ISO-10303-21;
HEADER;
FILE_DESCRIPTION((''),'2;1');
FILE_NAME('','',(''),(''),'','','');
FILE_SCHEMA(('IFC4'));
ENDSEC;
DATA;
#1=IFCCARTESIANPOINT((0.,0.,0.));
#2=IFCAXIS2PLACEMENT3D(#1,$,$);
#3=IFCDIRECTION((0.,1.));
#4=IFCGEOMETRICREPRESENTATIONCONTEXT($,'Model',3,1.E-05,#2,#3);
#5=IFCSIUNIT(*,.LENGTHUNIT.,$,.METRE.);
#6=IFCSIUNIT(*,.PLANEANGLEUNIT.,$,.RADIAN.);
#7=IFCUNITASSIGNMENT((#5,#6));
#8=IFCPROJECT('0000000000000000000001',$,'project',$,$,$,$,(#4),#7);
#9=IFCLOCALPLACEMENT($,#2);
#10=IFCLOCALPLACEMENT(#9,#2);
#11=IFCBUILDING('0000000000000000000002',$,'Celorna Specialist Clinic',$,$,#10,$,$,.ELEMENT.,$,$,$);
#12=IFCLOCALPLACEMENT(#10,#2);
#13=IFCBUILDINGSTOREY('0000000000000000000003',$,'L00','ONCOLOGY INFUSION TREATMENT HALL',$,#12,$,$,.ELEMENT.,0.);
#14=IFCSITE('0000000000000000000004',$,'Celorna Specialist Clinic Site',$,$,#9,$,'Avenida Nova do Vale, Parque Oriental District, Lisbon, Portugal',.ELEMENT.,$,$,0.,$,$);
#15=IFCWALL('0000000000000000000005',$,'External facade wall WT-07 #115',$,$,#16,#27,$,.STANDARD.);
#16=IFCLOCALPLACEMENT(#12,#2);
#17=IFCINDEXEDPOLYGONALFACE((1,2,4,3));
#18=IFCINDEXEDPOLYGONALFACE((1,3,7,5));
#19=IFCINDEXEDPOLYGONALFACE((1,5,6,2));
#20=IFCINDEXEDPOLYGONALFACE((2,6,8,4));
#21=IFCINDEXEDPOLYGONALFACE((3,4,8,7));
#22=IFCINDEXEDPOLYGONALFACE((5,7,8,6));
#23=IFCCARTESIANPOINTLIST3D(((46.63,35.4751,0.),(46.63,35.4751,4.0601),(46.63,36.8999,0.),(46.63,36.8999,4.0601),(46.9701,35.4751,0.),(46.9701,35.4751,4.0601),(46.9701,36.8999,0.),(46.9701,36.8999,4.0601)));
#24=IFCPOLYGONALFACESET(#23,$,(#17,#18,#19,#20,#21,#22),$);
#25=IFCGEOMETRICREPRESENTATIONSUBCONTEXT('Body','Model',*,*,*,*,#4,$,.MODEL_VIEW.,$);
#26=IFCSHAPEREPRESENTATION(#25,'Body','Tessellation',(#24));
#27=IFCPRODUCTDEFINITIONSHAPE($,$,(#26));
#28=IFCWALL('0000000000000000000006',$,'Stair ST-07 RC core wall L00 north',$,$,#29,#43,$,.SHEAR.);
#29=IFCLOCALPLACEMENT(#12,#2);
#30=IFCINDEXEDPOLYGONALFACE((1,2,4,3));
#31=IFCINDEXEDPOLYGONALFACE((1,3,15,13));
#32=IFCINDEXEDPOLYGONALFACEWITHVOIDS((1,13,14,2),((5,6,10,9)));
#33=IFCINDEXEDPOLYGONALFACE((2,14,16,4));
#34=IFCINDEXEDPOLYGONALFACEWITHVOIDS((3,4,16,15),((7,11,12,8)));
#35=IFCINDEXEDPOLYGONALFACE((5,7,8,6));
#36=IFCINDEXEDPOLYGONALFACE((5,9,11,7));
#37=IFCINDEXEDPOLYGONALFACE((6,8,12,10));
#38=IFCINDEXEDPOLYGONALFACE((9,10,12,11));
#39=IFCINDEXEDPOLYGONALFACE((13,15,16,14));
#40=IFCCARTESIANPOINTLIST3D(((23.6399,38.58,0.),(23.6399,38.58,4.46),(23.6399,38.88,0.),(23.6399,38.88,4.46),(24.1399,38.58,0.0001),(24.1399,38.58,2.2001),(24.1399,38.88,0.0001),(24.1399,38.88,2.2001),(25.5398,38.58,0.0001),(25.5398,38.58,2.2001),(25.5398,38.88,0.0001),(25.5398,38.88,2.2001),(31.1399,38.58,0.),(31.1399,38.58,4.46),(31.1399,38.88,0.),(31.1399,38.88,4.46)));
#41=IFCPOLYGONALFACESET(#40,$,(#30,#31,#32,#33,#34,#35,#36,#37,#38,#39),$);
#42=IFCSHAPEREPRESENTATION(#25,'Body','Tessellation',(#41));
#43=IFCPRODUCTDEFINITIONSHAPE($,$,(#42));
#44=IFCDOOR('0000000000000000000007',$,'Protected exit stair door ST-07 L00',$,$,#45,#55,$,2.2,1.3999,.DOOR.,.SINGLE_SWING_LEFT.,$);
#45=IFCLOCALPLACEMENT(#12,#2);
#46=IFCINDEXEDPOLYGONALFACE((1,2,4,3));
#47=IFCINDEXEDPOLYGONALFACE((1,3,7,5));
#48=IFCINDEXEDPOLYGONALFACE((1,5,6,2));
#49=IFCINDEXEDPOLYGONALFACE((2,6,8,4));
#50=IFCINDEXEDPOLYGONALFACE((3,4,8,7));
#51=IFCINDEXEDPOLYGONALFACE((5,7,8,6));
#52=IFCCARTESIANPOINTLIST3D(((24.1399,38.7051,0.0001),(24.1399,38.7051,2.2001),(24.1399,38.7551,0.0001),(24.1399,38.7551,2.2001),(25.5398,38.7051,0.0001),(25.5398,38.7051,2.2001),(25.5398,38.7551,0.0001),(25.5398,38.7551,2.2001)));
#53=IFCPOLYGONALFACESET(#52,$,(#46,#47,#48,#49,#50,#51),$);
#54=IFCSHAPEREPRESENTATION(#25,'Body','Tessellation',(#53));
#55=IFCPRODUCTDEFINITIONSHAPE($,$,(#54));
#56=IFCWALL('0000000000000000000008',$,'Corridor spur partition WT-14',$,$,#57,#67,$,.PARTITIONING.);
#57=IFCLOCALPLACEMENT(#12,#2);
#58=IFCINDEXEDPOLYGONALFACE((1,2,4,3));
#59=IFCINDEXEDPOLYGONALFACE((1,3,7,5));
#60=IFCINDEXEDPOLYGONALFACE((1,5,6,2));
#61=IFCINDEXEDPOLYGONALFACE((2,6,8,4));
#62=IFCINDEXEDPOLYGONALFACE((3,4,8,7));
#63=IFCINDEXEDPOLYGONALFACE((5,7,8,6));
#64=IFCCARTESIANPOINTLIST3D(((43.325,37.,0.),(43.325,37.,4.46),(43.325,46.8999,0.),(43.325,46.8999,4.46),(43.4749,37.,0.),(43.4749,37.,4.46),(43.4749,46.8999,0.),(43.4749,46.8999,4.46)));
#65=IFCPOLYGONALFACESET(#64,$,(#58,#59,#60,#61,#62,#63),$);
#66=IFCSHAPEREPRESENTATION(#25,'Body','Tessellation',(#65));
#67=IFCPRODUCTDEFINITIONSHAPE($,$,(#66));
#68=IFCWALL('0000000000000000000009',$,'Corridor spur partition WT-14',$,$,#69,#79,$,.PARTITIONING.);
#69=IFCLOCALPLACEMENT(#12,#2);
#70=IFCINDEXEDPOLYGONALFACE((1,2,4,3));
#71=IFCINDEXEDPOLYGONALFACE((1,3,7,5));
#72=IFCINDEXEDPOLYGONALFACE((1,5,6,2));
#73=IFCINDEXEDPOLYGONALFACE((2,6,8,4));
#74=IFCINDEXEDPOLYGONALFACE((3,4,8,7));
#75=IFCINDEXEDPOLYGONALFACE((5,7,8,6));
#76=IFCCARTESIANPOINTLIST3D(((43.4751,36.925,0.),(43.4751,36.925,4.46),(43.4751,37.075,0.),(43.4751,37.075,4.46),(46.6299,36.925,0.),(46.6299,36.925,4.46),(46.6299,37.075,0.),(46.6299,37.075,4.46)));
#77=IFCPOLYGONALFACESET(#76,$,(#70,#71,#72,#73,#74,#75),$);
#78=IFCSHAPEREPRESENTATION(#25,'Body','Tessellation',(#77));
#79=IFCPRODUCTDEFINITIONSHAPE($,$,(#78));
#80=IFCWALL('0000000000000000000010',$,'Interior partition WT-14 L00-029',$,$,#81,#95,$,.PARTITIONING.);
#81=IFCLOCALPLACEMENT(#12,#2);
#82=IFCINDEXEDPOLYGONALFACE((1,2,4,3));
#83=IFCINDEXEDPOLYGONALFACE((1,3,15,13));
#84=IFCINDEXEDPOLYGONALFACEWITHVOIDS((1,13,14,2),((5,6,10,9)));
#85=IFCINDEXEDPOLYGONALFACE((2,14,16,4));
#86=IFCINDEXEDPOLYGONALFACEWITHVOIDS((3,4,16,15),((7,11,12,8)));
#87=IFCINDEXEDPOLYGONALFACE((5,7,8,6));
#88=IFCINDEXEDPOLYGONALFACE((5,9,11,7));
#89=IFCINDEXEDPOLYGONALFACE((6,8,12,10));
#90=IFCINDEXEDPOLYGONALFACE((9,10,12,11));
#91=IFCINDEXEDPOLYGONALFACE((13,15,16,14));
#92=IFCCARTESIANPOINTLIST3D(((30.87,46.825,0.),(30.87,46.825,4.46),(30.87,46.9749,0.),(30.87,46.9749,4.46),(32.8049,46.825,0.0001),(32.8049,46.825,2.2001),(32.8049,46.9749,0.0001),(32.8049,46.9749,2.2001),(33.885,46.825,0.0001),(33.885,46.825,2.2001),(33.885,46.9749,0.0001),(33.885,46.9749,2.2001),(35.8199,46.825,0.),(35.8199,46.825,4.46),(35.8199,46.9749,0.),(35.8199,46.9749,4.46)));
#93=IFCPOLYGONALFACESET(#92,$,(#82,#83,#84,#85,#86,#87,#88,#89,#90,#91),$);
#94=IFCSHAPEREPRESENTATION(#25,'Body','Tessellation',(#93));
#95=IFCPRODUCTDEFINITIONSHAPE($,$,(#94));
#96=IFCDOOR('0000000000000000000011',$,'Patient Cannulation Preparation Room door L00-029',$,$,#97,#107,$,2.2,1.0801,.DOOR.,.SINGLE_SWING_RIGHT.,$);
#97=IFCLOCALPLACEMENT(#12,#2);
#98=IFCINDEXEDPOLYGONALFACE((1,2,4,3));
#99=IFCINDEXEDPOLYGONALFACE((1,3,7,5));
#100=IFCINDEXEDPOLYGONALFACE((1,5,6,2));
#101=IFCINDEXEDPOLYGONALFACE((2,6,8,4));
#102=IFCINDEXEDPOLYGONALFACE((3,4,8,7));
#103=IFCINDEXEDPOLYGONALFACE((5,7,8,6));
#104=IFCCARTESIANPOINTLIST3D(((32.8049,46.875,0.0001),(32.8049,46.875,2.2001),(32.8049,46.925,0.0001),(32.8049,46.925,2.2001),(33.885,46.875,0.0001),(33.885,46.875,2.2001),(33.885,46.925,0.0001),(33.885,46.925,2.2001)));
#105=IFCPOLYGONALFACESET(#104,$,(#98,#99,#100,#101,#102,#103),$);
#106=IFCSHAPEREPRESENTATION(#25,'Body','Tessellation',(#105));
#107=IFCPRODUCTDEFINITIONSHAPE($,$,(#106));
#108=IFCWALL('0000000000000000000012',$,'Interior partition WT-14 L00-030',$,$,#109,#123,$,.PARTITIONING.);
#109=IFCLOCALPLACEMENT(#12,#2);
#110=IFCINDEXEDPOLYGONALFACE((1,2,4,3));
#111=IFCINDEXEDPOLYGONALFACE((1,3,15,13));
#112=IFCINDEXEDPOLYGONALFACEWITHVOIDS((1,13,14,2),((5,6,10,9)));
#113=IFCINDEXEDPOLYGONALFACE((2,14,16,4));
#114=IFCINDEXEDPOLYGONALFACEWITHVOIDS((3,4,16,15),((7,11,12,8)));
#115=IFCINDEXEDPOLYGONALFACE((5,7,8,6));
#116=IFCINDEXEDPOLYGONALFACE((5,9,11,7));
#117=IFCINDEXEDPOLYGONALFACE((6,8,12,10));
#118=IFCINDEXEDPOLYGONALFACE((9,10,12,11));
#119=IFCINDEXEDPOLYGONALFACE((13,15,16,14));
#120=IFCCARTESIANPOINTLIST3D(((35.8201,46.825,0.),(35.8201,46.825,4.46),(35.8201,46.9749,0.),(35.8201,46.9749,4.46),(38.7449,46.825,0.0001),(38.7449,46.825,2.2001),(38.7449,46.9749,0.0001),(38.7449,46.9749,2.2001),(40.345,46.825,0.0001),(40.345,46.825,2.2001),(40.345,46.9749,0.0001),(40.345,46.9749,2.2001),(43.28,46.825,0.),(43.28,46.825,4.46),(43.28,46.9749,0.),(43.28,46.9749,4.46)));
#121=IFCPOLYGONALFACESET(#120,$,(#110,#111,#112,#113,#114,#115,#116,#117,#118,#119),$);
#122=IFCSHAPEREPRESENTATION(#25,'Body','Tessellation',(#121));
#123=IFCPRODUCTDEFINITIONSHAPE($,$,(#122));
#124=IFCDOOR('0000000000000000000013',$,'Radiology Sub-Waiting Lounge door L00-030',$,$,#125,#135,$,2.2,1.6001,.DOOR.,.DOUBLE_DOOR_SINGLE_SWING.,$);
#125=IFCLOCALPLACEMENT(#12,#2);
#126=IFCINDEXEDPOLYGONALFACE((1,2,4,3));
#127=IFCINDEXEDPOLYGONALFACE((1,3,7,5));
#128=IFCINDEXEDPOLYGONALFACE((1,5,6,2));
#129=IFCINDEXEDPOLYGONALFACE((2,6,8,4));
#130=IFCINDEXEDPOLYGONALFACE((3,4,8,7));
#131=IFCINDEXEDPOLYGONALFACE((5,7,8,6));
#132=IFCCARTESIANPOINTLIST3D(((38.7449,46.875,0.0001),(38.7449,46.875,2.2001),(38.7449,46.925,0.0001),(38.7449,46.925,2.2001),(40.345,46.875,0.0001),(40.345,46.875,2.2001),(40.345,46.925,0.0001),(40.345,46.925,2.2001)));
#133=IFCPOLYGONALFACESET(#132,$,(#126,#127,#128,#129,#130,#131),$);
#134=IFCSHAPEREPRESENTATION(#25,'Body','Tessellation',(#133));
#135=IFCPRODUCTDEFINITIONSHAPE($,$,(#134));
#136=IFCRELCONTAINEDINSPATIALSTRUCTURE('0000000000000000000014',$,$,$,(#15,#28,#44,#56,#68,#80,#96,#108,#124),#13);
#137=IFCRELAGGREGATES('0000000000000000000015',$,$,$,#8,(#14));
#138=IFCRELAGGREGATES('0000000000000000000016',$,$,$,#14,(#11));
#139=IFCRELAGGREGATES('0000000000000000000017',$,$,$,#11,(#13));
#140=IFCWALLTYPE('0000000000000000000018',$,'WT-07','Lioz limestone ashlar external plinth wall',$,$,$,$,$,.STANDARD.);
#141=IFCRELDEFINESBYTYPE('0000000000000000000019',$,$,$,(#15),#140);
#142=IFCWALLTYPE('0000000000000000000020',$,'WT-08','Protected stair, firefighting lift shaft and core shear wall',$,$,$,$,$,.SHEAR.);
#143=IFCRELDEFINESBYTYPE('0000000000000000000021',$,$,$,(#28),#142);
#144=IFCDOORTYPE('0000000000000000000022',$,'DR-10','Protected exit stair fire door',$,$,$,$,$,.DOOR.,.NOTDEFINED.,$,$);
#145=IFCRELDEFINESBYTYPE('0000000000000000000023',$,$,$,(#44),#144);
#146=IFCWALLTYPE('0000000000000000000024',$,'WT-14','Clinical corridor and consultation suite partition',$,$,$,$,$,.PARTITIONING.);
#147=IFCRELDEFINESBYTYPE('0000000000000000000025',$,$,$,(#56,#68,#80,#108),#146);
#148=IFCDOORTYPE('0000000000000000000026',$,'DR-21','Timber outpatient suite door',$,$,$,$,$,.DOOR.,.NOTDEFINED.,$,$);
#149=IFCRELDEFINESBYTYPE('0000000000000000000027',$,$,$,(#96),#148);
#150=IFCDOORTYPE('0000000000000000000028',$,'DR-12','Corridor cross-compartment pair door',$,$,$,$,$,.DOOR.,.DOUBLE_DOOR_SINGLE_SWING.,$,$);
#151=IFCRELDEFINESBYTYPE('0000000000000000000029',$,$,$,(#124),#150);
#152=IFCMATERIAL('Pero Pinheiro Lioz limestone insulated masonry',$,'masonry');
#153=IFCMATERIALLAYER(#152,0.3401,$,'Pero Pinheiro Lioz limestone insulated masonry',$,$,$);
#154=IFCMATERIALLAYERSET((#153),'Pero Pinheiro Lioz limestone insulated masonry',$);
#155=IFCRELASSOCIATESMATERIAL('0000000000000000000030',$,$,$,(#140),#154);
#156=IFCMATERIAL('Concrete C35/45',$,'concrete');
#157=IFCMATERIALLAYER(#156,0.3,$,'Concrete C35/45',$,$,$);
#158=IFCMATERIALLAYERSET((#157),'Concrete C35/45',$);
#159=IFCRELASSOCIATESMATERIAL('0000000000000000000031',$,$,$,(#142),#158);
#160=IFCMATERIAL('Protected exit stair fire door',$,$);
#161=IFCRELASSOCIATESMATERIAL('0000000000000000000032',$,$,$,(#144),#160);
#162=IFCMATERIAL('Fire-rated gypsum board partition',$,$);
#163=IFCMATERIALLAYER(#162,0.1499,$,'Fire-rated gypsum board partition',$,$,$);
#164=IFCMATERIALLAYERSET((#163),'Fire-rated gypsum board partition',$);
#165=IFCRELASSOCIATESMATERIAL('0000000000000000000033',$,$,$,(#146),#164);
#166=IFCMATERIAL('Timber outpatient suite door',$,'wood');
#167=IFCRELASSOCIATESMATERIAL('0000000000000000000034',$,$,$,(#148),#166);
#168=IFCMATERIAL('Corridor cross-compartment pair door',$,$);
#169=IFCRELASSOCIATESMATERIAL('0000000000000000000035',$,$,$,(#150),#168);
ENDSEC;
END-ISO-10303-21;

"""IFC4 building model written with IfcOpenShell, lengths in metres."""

from ifc_helpers import new_model, si_unit, direction, frame, frame_2d, origin, place, context, subcontext, project, spatial, rectangle, extrude, material, layer, layer_set, type_object, element, fill, save


model = new_model("IFC4")

# Units and contexts
model_context = context("Model", 3, precision=1e-05, world=origin(), true_north=direction((0.0, 1.0)))
body_context = subcontext(model_context, "Body", "Model", "MODEL_VIEW")
ifc_project = project(units=[si_unit("LENGTHUNIT", "METRE"), si_unit("PLANEANGLEUNIT", "RADIAN")], contexts=[model_context])

# Site, building, storey
site_placement = place(None, origin())
site = spatial("IfcSite", under=ifc_project, at=site_placement, Name="Celorna Specialist Clinic Site", LongName="Avenida Nova do Vale, Parque Oriental District, Lisbon, Portugal", CompositionType="ELEMENT", RefElevation=0.0)
building_placement = place(site_placement, origin())
building = spatial("IfcBuilding", under=site, at=building_placement, Name="Celorna Specialist Clinic", CompositionType="ELEMENT")
storey_placement = place(building_placement, origin())
storey = spatial("IfcBuildingStorey", under=building, at=storey_placement, Name="L00", Description="ONCOLOGY INFUSION TREATMENT HALL", CompositionType="ELEMENT", Elevation=0.0)

# Wall
ifc_material_1 = material(Name="Pero Pinheiro Lioz limestone insulated masonry", Category="masonry")
ifc_layer_1 = layer(ifc_material_1, 0.3401, Name="Pero Pinheiro Lioz limestone insulated masonry")
ifc_layer_set_1 = layer_set([ifc_layer_1], Name="Pero Pinheiro Lioz limestone insulated masonry")
wall_type_1 = type_object("IfcWallType", Name="WT-07", Description="Lioz limestone ashlar external plinth wall", PredefinedType="STANDARD", material=ifc_layer_set_1)
wall_1_placement = place(storey_placement, frame((46.8, 36.8999, 0.0), z_axis=(0.0, 0.0, 1.0), x_axis=(0.0, -1.0, 0.0)))
element("IfcWall", 1, at=wall_1_placement, inside=storey, type_object=wall_type_1, Name="External facade wall WT-07 #115", PredefinedType="STANDARD", context=body_context, shape_type="SweptSolid", body=[
    extrude(rectangle(XDim=1.4248, YDim=0.3401, at=frame_2d((0.7124, 0.0))), origin(), (0.0, 0.0, 1.0), 4.0601),
])

# Wall, opening, door
ifc_material_2 = material(Name="Concrete C35/45", Category="concrete")
ifc_layer_2 = layer(ifc_material_2, 0.3, Name="Concrete C35/45")
ifc_layer_set_2 = layer_set([ifc_layer_2], Name="Concrete C35/45")
wall_type_2 = type_object("IfcWallType", Name="WT-08", Description="Protected stair, firefighting lift shaft and core shear wall", PredefinedType="SHEAR", material=ifc_layer_set_2)
wall_2_placement = place(storey_placement, frame((31.1399, 38.73, 0.0), z_axis=(0.0, 0.0, 1.0), x_axis=(-1.0, 0.0, 0.0)))
wall_2 = element("IfcWall", 2, at=wall_2_placement, inside=storey, type_object=wall_type_2, Name="Stair ST-07 RC core wall L00 north", PredefinedType="SHEAR", context=body_context, shape_type="SweptSolid", body=[
    extrude(rectangle(XDim=7.5, YDim=0.3, at=frame_2d((3.75, 0.0))), origin(), (0.0, 0.0, 1.0), 4.46),
])
opening_1_placement = place(wall_2_placement, frame((5.6001, 0.0, 0.0)))
opening_1 = element("IfcOpeningElement", 3, at=opening_1_placement, cuts=wall_2, PredefinedType="OPENING", context=body_context, shape_type="SweptSolid", body=[
    extrude(rectangle(XDim=1.3999, YDim=2.2, at=frame_2d((0.7, 1.1001))), frame((0.0, 0.1599, 0.0), z_axis=(0.0, -1.0, 0.0), x_axis=(1.0, 0.0, 0.0)), (0.0, 0.0, 1.0), 0.3201),
])
ifc_material_3 = material(Name="Protected exit stair fire door")
door_type_1 = type_object("IfcDoorType", Name="DR-10", Description="Protected exit stair fire door", OperationType="NOTDEFINED", PredefinedType="DOOR", material=ifc_material_3)
door_1_placement = place(opening_1_placement, origin())
door_1 = element("IfcDoor", 4, at=door_1_placement, inside=storey, type_object=door_type_1, Name="Protected exit stair door ST-07 L00", OperationType="SINGLE_SWING_LEFT", OverallHeight=2.2, OverallWidth=1.3999, PredefinedType="DOOR", context=body_context, shape_type="SweptSolid", body=[
    extrude(rectangle(XDim=1.3999, YDim=2.2, at=frame_2d((0.7, 1.1001))), frame((0.0, 0.0249, 0.0), z_axis=(0.0, -1.0, 0.0), x_axis=(1.0, 0.0, 0.0)), (0.0, 0.0, 1.0), 0.05),
])
fill(opening_1, door_1)

# Walls
ifc_material_4 = material(Name="Fire-rated gypsum board partition")
ifc_layer_3 = layer(ifc_material_4, 0.1499, Name="Fire-rated gypsum board partition")
ifc_layer_set_3 = layer_set([ifc_layer_3], Name="Fire-rated gypsum board partition")
wall_type_3 = type_object("IfcWallType", Name="WT-14", Description="Clinical corridor and consultation suite partition", PredefinedType="PARTITIONING", material=ifc_layer_set_3)
wall_3_placement = place(storey_placement, frame((43.3999, 37.0, 0.0), z_axis=(0.0, 0.0, 1.0), x_axis=(0.0, 1.0, 0.0)))
element("IfcWall", 5, at=wall_3_placement, inside=storey, type_object=wall_type_3, Name="Corridor spur partition WT-14", PredefinedType="PARTITIONING", context=body_context, shape_type="SweptSolid", body=[
    extrude(rectangle(XDim=9.8999, YDim=0.1499, at=frame_2d((4.95, 0.0))), origin(), (0.0, 0.0, 1.0), 4.46),
])
wall_4_placement = place(storey_placement, frame((43.4751, 37.0, 0.0), z_axis=(0.0, 0.0, 1.0), x_axis=(1.0, 0.0, 0.0)))
element("IfcWall", 6, at=wall_4_placement, inside=storey, type_object=wall_type_3, Name="Corridor spur partition WT-14", PredefinedType="PARTITIONING", context=body_context, shape_type="SweptSolid", body=[
    extrude(rectangle(XDim=3.1548, YDim=0.1499, at=frame_2d((1.5774, 0.0))), origin(), (0.0, 0.0, 1.0), 4.46),
])

# Walls, openings, doors
wall_5_placement = place(storey_placement, frame((35.8201, 46.8999, 0.0), z_axis=(0.0, 0.0, 1.0), x_axis=(-1.0, 0.0, 0.0)))
wall_5 = element("IfcWall", 7, at=wall_5_placement, inside=storey, type_object=wall_type_3, Name="Interior partition WT-14 L00-029", PredefinedType="PARTITIONING", context=body_context, shape_type="SweptSolid", body=[
    extrude(rectangle(XDim=4.95, YDim=0.1499, at=frame_2d((2.4751, 0.0))), origin(), (0.0, 0.0, 1.0), 4.46),
])
opening_2_placement = place(wall_5_placement, frame((1.9351, 0.0, 0.0)))
opening_2 = element("IfcOpeningElement", 8, at=opening_2_placement, cuts=wall_5, PredefinedType="OPENING", context=body_context, shape_type="SweptSolid", body=[
    extrude(rectangle(XDim=1.0801, YDim=2.2, at=frame_2d((0.54, 1.1001))), frame((0.0, 0.085, 0.0), z_axis=(0.0, -1.0, 0.0), x_axis=(1.0, 0.0, 0.0)), (0.0, 0.0, 1.0), 0.1699),
])
ifc_material_5 = material(Name="Timber outpatient suite door", Category="wood")
door_type_2 = type_object("IfcDoorType", Name="DR-21", Description="Timber outpatient suite door", OperationType="NOTDEFINED", PredefinedType="DOOR", material=ifc_material_5)
door_2_placement = place(opening_2_placement, origin())
door_2 = element("IfcDoor", 9, at=door_2_placement, inside=storey, type_object=door_type_2, Name="Patient Cannulation Preparation Room door L00-029", OperationType="SINGLE_SWING_RIGHT", OverallHeight=2.2, OverallWidth=1.0801, PredefinedType="DOOR", context=body_context, shape_type="SweptSolid", body=[
    extrude(rectangle(XDim=1.0801, YDim=2.2, at=frame_2d((0.54, 1.1001))), frame((0.0, 0.0249, 0.0), z_axis=(0.0, -1.0, 0.0), x_axis=(1.0, 0.0, 0.0)), (0.0, 0.0, 1.0), 0.05),
])
fill(opening_2, door_2)
wall_6_placement = place(storey_placement, frame((43.28, 46.8999, 0.0), z_axis=(0.0, 0.0, 1.0), x_axis=(-1.0, 0.0, 0.0)))
wall_6 = element("IfcWall", 10, at=wall_6_placement, inside=storey, type_object=wall_type_3, Name="Interior partition WT-14 L00-030", PredefinedType="PARTITIONING", context=body_context, shape_type="SweptSolid", body=[
    extrude(rectangle(XDim=7.46, YDim=0.1499, at=frame_2d((3.73, 0.0))), origin(), (0.0, 0.0, 1.0), 4.46),
])
opening_3_placement = place(wall_6_placement, frame((2.9351, 0.0, 0.0)))
opening_3 = element("IfcOpeningElement", 11, at=opening_3_placement, cuts=wall_6, PredefinedType="OPENING", context=body_context, shape_type="SweptSolid", body=[
    extrude(rectangle(XDim=1.6001, YDim=2.2, at=frame_2d((0.8, 1.1001))), frame((0.0, 0.085, 0.0), z_axis=(0.0, -1.0, 0.0), x_axis=(1.0, 0.0, 0.0)), (0.0, 0.0, 1.0), 0.1699),
])
ifc_material_6 = material(Name="Corridor cross-compartment pair door")
door_type_3 = type_object("IfcDoorType", Name="DR-12", Description="Corridor cross-compartment pair door", OperationType="DOUBLE_DOOR_SINGLE_SWING", PredefinedType="DOOR", material=ifc_material_6)
door_3_placement = place(opening_3_placement, origin())
door_3 = element("IfcDoor", 12, at=door_3_placement, inside=storey, type_object=door_type_3, Name="Radiology Sub-Waiting Lounge door L00-030", OperationType="DOUBLE_DOOR_SINGLE_SWING", OverallHeight=2.2, OverallWidth=1.6001, PredefinedType="DOOR", context=body_context, shape_type="SweptSolid", body=[
    extrude(rectangle(XDim=1.6001, YDim=2.2, at=frame_2d((0.8, 1.1001))), frame((0.0, 0.0249, 0.0), z_axis=(0.0, -1.0, 0.0), x_axis=(1.0, 0.0, 0.0)), (0.0, 0.0, 1.0), 0.05),
])
fill(opening_3, door_3)

save(model, "model.ifc")
